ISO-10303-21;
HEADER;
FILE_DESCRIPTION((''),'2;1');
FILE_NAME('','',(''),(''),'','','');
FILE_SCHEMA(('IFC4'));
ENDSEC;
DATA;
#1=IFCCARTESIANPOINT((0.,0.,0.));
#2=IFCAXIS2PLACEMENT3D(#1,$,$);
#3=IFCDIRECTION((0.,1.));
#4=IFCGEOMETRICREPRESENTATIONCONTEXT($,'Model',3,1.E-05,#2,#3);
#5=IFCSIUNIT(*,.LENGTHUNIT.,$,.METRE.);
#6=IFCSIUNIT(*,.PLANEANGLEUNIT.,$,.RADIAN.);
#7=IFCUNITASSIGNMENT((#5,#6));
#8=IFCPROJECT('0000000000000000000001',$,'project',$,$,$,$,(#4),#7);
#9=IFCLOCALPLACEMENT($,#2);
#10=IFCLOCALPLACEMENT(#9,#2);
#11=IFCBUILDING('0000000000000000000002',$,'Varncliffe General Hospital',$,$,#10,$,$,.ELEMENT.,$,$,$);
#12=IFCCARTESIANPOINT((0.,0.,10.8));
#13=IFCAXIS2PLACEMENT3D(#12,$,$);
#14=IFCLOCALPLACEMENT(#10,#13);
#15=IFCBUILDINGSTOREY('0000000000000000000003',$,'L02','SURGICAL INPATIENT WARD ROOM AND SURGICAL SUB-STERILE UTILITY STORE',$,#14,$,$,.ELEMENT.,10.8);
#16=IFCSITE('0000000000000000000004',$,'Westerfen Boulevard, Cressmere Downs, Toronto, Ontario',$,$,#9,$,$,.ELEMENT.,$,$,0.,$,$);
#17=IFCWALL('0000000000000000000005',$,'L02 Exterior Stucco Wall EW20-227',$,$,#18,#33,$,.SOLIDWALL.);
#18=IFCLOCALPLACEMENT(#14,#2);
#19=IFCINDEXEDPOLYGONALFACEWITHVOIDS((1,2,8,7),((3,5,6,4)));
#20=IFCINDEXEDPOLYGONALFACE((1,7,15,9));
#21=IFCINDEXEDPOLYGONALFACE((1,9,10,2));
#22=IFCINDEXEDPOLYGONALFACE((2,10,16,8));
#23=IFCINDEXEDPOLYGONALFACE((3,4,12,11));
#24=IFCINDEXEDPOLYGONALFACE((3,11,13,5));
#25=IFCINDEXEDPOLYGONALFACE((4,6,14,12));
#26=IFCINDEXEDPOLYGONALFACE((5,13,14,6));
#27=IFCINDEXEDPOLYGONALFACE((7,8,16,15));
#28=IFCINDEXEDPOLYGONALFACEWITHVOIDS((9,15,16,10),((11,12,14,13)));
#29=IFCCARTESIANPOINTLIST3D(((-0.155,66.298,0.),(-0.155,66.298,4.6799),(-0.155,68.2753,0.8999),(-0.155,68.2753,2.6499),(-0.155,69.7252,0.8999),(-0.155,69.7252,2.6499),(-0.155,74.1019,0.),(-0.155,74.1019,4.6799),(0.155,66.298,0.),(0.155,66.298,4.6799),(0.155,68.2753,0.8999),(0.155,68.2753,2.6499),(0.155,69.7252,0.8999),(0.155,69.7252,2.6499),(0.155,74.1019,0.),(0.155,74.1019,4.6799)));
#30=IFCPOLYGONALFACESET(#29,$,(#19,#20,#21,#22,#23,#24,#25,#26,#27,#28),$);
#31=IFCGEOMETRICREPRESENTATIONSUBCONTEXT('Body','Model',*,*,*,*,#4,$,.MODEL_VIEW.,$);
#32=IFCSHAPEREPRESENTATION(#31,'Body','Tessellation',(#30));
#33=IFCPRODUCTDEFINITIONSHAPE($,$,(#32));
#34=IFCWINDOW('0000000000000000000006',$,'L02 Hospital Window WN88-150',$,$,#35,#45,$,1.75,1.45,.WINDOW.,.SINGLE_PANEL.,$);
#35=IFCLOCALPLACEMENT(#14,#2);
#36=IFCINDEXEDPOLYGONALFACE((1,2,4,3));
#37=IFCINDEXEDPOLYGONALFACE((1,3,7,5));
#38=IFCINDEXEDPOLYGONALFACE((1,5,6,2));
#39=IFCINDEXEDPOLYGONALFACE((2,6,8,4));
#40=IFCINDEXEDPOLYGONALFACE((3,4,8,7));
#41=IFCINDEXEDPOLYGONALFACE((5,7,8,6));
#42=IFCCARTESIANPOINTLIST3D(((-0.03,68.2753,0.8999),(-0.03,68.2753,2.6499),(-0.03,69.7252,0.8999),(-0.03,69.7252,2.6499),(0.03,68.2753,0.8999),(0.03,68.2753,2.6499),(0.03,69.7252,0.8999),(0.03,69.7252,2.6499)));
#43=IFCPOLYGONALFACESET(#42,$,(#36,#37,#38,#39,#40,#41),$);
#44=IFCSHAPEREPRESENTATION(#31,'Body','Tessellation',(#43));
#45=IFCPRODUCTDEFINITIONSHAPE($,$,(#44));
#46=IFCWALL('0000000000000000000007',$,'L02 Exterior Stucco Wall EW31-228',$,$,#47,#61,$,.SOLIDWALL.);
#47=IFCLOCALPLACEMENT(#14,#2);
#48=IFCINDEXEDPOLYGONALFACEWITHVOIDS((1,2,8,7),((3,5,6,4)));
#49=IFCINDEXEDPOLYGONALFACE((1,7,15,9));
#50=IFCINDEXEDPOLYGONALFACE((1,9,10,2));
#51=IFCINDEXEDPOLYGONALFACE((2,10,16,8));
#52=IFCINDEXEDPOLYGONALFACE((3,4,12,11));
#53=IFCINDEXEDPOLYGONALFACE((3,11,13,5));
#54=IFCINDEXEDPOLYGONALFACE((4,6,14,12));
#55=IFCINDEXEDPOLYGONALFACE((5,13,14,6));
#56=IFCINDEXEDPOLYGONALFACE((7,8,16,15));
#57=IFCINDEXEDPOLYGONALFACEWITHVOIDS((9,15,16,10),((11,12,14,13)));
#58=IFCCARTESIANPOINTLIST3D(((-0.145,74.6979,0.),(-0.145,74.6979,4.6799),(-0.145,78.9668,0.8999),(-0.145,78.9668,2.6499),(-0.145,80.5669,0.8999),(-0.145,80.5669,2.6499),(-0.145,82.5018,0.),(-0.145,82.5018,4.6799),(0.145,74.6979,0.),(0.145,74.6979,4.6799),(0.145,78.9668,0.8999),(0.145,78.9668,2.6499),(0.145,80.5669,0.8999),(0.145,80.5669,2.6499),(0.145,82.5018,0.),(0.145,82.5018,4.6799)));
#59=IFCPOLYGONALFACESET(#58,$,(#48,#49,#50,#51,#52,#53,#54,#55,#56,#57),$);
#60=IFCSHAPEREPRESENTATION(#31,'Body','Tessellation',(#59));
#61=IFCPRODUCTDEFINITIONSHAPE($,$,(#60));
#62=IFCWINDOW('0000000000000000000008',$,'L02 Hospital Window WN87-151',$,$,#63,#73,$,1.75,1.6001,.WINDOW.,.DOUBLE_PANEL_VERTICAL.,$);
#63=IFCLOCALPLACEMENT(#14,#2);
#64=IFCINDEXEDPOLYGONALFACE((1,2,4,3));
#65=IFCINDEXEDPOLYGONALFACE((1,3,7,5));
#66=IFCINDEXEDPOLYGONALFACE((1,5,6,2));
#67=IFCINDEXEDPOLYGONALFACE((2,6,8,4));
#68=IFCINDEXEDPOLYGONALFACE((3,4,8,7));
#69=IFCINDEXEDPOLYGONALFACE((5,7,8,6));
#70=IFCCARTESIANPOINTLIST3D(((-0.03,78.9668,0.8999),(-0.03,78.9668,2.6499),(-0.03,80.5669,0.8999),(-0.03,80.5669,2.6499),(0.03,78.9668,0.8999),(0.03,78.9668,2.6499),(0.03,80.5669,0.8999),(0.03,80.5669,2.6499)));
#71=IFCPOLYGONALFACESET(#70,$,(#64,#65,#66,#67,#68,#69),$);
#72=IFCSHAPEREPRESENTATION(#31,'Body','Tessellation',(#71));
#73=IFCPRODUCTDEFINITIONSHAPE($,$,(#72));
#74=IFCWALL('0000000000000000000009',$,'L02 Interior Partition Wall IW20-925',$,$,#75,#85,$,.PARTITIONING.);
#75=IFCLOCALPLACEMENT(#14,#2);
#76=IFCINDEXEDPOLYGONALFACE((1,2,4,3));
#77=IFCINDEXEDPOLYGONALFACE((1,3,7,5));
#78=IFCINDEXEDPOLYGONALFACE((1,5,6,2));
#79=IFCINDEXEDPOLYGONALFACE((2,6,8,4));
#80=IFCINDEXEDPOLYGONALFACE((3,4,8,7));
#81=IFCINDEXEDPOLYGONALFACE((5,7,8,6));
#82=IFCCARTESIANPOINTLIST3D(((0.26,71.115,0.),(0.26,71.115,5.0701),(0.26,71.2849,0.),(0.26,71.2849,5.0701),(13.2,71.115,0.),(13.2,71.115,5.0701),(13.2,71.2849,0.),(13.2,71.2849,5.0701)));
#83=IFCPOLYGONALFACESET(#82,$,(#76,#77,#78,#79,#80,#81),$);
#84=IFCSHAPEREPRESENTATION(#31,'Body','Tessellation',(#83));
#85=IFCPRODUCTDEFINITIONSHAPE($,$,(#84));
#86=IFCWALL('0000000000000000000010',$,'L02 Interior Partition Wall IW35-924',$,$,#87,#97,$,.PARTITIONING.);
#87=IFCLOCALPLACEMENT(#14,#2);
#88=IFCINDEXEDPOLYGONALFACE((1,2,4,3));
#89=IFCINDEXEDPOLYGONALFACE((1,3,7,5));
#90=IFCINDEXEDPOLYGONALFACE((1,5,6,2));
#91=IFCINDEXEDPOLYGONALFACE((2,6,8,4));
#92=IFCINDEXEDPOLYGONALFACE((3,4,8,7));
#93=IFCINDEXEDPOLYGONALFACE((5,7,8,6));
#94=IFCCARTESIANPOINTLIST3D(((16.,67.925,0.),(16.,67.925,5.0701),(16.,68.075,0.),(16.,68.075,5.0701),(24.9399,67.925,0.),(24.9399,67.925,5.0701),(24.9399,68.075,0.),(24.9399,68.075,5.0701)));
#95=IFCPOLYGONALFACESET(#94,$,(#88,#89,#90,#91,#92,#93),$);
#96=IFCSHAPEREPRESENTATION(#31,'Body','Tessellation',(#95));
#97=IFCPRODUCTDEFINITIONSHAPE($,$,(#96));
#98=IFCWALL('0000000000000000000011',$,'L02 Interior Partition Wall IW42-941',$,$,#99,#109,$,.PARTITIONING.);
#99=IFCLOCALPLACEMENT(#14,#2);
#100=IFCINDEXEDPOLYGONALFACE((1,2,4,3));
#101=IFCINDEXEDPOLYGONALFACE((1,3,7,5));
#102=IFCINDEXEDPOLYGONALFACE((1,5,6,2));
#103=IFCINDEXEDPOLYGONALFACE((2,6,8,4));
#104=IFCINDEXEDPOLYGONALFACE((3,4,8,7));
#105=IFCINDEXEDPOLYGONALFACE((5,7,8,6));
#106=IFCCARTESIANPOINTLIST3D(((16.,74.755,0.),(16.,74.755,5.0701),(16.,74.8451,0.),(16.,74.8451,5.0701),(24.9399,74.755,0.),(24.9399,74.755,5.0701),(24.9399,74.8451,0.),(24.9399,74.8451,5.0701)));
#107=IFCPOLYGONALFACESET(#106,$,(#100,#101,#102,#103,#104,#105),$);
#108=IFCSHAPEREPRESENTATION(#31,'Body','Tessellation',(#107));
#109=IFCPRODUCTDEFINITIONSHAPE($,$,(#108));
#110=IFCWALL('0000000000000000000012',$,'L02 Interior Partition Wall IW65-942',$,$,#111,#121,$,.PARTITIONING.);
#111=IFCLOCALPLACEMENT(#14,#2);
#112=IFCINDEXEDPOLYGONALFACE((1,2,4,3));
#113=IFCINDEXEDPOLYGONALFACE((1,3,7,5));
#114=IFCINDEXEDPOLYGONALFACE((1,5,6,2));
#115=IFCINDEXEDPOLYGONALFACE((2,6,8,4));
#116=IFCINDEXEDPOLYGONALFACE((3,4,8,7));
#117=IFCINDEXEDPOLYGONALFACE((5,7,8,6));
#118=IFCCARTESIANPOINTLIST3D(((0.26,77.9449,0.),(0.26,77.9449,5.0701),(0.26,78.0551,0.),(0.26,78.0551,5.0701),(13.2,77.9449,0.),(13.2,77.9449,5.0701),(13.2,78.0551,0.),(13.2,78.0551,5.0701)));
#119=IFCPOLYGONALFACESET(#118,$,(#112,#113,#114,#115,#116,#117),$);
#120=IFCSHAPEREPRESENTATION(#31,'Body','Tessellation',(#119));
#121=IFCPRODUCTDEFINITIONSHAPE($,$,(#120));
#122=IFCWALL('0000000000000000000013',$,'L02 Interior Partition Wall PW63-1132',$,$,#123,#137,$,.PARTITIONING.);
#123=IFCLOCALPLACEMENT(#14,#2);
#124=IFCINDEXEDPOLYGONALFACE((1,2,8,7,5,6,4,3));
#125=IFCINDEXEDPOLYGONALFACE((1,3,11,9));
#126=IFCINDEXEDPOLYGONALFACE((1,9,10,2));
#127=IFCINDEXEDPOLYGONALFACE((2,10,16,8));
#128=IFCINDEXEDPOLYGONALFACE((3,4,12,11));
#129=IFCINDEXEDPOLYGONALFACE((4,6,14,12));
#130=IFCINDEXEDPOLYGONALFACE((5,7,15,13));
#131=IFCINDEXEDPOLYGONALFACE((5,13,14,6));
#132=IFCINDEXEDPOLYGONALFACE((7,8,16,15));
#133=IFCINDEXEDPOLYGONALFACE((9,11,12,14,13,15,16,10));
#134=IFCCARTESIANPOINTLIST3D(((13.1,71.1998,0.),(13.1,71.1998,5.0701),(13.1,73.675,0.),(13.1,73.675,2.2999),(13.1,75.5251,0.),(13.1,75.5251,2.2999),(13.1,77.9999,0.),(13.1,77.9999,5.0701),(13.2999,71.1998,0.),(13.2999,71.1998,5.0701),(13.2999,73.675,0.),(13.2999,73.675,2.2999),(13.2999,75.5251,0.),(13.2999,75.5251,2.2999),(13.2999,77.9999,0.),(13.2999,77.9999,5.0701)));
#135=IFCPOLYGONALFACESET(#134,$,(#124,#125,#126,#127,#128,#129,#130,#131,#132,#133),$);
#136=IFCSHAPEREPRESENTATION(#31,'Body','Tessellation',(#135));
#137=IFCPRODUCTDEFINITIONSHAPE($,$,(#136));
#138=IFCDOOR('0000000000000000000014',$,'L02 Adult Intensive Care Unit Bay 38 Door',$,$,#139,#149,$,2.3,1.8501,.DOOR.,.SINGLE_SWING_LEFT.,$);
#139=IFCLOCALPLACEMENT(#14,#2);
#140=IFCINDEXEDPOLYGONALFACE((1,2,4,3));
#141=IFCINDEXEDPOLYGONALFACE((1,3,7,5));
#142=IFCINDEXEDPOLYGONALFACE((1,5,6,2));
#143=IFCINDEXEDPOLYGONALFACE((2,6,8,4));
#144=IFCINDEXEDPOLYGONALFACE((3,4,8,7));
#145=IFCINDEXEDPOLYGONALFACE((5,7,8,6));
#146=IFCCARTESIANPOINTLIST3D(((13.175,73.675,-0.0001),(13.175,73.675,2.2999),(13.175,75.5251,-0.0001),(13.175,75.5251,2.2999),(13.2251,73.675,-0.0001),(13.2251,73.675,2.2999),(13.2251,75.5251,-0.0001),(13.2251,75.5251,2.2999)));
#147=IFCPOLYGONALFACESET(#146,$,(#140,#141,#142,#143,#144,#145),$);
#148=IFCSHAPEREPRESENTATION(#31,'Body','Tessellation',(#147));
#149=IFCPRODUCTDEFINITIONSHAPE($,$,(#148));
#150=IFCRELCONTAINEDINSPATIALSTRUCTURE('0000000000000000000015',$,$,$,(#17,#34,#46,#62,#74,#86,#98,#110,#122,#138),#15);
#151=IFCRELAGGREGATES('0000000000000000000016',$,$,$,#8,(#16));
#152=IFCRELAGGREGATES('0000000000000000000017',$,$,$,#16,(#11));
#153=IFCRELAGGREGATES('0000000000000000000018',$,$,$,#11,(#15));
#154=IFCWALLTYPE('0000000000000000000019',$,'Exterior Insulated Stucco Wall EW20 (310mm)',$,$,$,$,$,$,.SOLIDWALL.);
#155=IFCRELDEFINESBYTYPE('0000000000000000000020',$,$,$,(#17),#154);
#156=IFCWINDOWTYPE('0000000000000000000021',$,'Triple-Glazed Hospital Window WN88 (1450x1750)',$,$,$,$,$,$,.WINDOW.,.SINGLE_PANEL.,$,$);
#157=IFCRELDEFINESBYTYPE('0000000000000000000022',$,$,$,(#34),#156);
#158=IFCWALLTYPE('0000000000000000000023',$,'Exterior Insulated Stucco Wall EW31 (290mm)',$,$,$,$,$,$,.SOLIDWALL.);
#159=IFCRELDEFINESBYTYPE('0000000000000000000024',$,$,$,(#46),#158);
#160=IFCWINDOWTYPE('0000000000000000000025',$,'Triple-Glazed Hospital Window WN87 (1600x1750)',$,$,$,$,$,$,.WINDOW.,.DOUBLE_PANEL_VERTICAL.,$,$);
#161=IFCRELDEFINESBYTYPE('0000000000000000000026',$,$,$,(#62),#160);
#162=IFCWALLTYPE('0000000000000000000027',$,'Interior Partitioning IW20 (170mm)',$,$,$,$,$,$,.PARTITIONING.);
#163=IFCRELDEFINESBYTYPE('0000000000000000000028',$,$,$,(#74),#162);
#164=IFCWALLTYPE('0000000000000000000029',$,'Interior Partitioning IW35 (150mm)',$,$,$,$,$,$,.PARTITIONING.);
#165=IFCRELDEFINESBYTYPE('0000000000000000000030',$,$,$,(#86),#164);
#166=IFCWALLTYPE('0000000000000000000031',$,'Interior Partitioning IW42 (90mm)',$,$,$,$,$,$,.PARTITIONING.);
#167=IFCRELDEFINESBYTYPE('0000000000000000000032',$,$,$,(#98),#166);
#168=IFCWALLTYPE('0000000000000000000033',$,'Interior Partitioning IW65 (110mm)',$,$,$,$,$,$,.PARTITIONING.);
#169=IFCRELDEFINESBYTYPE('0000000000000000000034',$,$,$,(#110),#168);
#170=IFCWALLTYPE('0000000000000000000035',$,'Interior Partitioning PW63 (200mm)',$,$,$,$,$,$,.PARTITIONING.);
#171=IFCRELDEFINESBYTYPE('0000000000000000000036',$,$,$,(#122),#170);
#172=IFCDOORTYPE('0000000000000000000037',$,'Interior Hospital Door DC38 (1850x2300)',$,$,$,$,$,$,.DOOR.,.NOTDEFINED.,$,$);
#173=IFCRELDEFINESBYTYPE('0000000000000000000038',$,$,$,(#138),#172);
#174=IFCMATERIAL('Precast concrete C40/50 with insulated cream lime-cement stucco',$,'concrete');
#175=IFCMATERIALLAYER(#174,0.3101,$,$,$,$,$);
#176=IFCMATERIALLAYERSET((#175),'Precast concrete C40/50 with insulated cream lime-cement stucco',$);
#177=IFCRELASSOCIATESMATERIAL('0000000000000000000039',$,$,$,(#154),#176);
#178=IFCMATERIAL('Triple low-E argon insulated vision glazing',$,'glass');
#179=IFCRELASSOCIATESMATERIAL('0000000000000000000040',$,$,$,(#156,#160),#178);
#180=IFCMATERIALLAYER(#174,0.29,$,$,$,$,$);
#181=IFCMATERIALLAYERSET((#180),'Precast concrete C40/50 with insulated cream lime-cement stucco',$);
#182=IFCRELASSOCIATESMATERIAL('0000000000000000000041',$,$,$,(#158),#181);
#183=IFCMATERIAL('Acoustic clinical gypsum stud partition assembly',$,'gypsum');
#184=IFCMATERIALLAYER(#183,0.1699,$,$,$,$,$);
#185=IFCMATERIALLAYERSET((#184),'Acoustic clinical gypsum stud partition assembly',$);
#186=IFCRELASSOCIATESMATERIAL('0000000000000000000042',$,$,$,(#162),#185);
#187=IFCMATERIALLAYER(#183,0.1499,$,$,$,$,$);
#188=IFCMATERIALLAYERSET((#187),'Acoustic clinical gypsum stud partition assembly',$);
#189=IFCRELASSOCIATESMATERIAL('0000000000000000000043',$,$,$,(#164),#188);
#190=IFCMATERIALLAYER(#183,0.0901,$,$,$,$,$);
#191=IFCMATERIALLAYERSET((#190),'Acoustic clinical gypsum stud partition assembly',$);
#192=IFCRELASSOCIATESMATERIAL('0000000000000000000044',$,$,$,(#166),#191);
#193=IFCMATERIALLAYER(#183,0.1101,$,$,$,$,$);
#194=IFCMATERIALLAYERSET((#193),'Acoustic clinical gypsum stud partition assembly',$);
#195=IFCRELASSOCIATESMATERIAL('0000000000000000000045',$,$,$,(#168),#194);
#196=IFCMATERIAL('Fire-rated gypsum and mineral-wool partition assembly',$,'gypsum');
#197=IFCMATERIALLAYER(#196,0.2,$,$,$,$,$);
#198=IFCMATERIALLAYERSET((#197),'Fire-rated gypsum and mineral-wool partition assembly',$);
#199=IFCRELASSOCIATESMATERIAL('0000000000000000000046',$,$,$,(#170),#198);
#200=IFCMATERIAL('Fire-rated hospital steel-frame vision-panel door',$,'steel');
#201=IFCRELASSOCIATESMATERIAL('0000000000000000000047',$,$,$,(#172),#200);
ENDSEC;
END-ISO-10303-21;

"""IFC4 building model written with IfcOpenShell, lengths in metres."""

from ifc_helpers import new_model, si_unit, direction, frame, frame_2d, origin, place, context, subcontext, project, spatial, rectangle, extrude, material, layer, layer_set, type_object, element, fill, save


model = new_model("IFC4")

# Units and contexts
model_context = context("Model", 3, precision=1e-05, world=origin(), true_north=direction((0.0, 1.0)))
body_context = subcontext(model_context, "Body", "Model", "MODEL_VIEW")
ifc_project = project(units=[si_unit("LENGTHUNIT", "METRE"), si_unit("PLANEANGLEUNIT", "RADIAN")], contexts=[model_context])

# Site, building, storey
site_placement = place(None, origin())
site = spatial("IfcSite", under=ifc_project, at=site_placement, Name="Westerfen Boulevard, Cressmere Downs, Toronto, Ontario", CompositionType="ELEMENT", RefElevation=0.0)
building_placement = place(site_placement, origin())
building = spatial("IfcBuilding", under=site, at=building_placement, Name="Varncliffe General Hospital", CompositionType="ELEMENT")
storey_placement = place(building_placement, frame((0.0, 0.0, 10.8)))
storey = spatial("IfcBuildingStorey", under=building, at=storey_placement, Name="L02", Description="SURGICAL INPATIENT WARD ROOM AND SURGICAL SUB-STERILE UTILITY STORE", CompositionType="ELEMENT", Elevation=10.8)

# Walls, openings, windows
ifc_material_1 = material(Name="Precast concrete C40/50 with insulated cream lime-cement stucco", Category="concrete")
ifc_layer_1 = layer(ifc_material_1, 0.3101)
ifc_layer_set_1 = layer_set([ifc_layer_1], Name="Precast concrete C40/50 with insulated cream lime-cement stucco")
wall_type_1 = type_object("IfcWallType", Name="Exterior Insulated Stucco Wall EW20 (310mm)", PredefinedType="SOLIDWALL", material=ifc_layer_set_1)
wall_1_placement = place(storey_placement, frame((0.0, 66.2981, 0.0), z_axis=(0.0, 0.0, 1.0), x_axis=(0.0, 1.0, 0.0)))
wall_1 = element("IfcWall", 1, at=wall_1_placement, inside=storey, type_object=wall_type_1, Name="L02 Exterior Stucco Wall EW20-227", PredefinedType="SOLIDWALL", context=body_context, shape_type="SweptSolid", body=[
    extrude(rectangle(XDim=7.804, YDim=0.3101, at=frame_2d((3.9019, 0.0))), origin(), (0.0, 0.0, 1.0), 4.6799),
])
opening_1_placement = place(wall_1_placement, frame((1.9771, 0.0, 0.8999)))
opening_1 = element("IfcOpeningElement", 2, at=opening_1_placement, cuts=wall_1, PredefinedType="OPENING", context=body_context, shape_type="SweptSolid", body=[
    extrude(rectangle(XDim=1.45, YDim=1.75, at=frame_2d((0.7251, 0.875))), frame((0.0, 0.165, 0.0), z_axis=(0.0, -1.0, 0.0), x_axis=(1.0, 0.0, 0.0)), (0.0, 0.0, 1.0), 0.3301),
])
ifc_material_2 = material(Name="Triple low-E argon insulated vision glazing", Category="glass")
window_type_1 = type_object("IfcWindowType", Name="Triple-Glazed Hospital Window WN88 (1450x1750)", PartitioningType="SINGLE_PANEL", PredefinedType="WINDOW", material=ifc_material_2)
window_1_placement = place(opening_1_placement, origin())
window_1 = element("IfcWindow", 3, at=window_1_placement, inside=storey, type_object=window_type_1, Name="L02 Hospital Window WN88-150", OverallHeight=1.75, OverallWidth=1.45, PartitioningType="SINGLE_PANEL", PredefinedType="WINDOW", context=body_context, shape_type="SweptSolid", body=[
    extrude(rectangle(XDim=1.45, YDim=1.75, at=frame_2d((0.7251, 0.875))), frame((0.0, 0.03, 0.0), z_axis=(0.0, -1.0, 0.0), x_axis=(1.0, 0.0, 0.0)), (0.0, 0.0, 1.0), 0.0601),
])
fill(opening_1, window_1)
ifc_layer_2 = layer(ifc_material_1, 0.29)
ifc_layer_set_2 = layer_set([ifc_layer_2], Name="Precast concrete C40/50 with insulated cream lime-cement stucco")
wall_type_2 = type_object("IfcWallType", Name="Exterior Insulated Stucco Wall EW31 (290mm)", PredefinedType="SOLIDWALL", material=ifc_layer_set_2)
wall_2_placement = place(storey_placement, frame((0.0, 74.698, 0.0), z_axis=(0.0, 0.0, 1.0), x_axis=(0.0, 1.0, 0.0)))
wall_2 = element("IfcWall", 4, at=wall_2_placement, inside=storey, type_object=wall_type_2, Name="L02 Exterior Stucco Wall EW31-228", PredefinedType="SOLIDWALL", context=body_context, shape_type="SweptSolid", body=[
    extrude(rectangle(XDim=7.804, YDim=0.29, at=frame_2d((3.9019, 0.0))), origin(), (0.0, 0.0, 1.0), 4.6799),
])
opening_2_placement = place(wall_2_placement, frame((4.2688, 0.0, 0.8999)))
opening_2 = element("IfcOpeningElement", 5, at=opening_2_placement, cuts=wall_2, PredefinedType="OPENING", context=body_context, shape_type="SweptSolid", body=[
    extrude(rectangle(XDim=1.6001, YDim=1.75, at=frame_2d((0.8, 0.875))), frame((0.0, 0.155, 0.0), z_axis=(0.0, -1.0, 0.0), x_axis=(1.0, 0.0, 0.0)), (0.0, 0.0, 1.0), 0.3101),
])
window_type_2 = type_object("IfcWindowType", Name="Triple-Glazed Hospital Window WN87 (1600x1750)", PartitioningType="DOUBLE_PANEL_VERTICAL", PredefinedType="WINDOW", material=ifc_material_2)
window_2_placement = place(opening_2_placement, origin())
window_2 = element("IfcWindow", 6, at=window_2_placement, inside=storey, type_object=window_type_2, Name="L02 Hospital Window WN87-151", OverallHeight=1.75, OverallWidth=1.6001, PartitioningType="DOUBLE_PANEL_VERTICAL", PredefinedType="WINDOW", context=body_context, shape_type="SweptSolid", body=[
    extrude(rectangle(XDim=1.6001, YDim=1.75, at=frame_2d((0.8, 0.875))), frame((0.0, 0.03, 0.0), z_axis=(0.0, -1.0, 0.0), x_axis=(1.0, 0.0, 0.0)), (0.0, 0.0, 1.0), 0.0601),
])
fill(opening_2, window_2)

# Walls
ifc_material_3 = material(Name="Acoustic clinical gypsum stud partition assembly", Category="gypsum")
ifc_layer_3 = layer(ifc_material_3, 0.1699)
ifc_layer_set_3 = layer_set([ifc_layer_3], Name="Acoustic clinical gypsum stud partition assembly")
wall_type_3 = type_object("IfcWallType", Name="Interior Partitioning IW20 (170mm)", PredefinedType="PARTITIONING", material=ifc_layer_set_3)
wall_3_placement = place(storey_placement, frame((0.26, 71.2, 0.0), z_axis=(0.0, 0.0, 1.0), x_axis=(1.0, 0.0, 0.0)))
element("IfcWall", 7, at=wall_3_placement, inside=storey, type_object=wall_type_3, Name="L02 Interior Partition Wall IW20-925", PredefinedType="PARTITIONING", context=body_context, shape_type="SweptSolid", body=[
    extrude(rectangle(XDim=12.9399, YDim=0.1699, at=frame_2d((6.47, 0.0))), origin(), (0.0, 0.0, 1.0), 5.0701),
])
ifc_layer_4 = layer(ifc_material_3, 0.1499)
ifc_layer_set_4 = layer_set([ifc_layer_4], Name="Acoustic clinical gypsum stud partition assembly")
wall_type_4 = type_object("IfcWallType", Name="Interior Partitioning IW35 (150mm)", PredefinedType="PARTITIONING", material=ifc_layer_set_4)
wall_4_placement = place(storey_placement, frame((16.0, 68.0, 0.0), z_axis=(0.0, 0.0, 1.0), x_axis=(1.0, 0.0, 0.0)))
element("IfcWall", 8, at=wall_4_placement, inside=storey, type_object=wall_type_4, Name="L02 Interior Partition Wall IW35-924", PredefinedType="PARTITIONING", context=body_context, shape_type="SweptSolid", body=[
    extrude(rectangle(XDim=8.9399, YDim=0.1499, at=frame_2d((4.47, 0.0))), origin(), (0.0, 0.0, 1.0), 5.0701),
])
ifc_layer_5 = layer(ifc_material_3, 0.0901)
ifc_layer_set_5 = layer_set([ifc_layer_5], Name="Acoustic clinical gypsum stud partition assembly")
wall_type_5 = type_object("IfcWallType", Name="Interior Partitioning IW42 (90mm)", PredefinedType="PARTITIONING", material=ifc_layer_set_5)
wall_5_placement = place(storey_placement, frame((16.0, 74.8, 0.0), z_axis=(0.0, 0.0, 1.0), x_axis=(1.0, 0.0, 0.0)))
element("IfcWall", 9, at=wall_5_placement, inside=storey, type_object=wall_type_5, Name="L02 Interior Partition Wall IW42-941", PredefinedType="PARTITIONING", context=body_context, shape_type="SweptSolid", body=[
    extrude(rectangle(XDim=8.9399, YDim=0.0901, at=frame_2d((4.47, 0.0))), origin(), (0.0, 0.0, 1.0), 5.0701),
])
ifc_layer_6 = layer(ifc_material_3, 0.1101)
ifc_layer_set_6 = layer_set([ifc_layer_6], Name="Acoustic clinical gypsum stud partition assembly")
wall_type_6 = type_object("IfcWallType", Name="Interior Partitioning IW65 (110mm)", PredefinedType="PARTITIONING", material=ifc_layer_set_6)
wall_6_placement = place(storey_placement, frame((0.26, 78.0, 0.0), z_axis=(0.0, 0.0, 1.0), x_axis=(1.0, 0.0, 0.0)))
element("IfcWall", 10, at=wall_6_placement, inside=storey, type_object=wall_type_6, Name="L02 Interior Partition Wall IW65-942", PredefinedType="PARTITIONING", context=body_context, shape_type="SweptSolid", body=[
    extrude(rectangle(XDim=12.9399, YDim=0.1101, at=frame_2d((6.47, 0.0))), origin(), (0.0, 0.0, 1.0), 5.0701),
])

# Wall, opening, door
ifc_material_4 = material(Name="Fire-rated gypsum and mineral-wool partition assembly", Category="gypsum")
ifc_layer_7 = layer(ifc_material_4, 0.2)
ifc_layer_set_7 = layer_set([ifc_layer_7], Name="Fire-rated gypsum and mineral-wool partition assembly")
wall_type_7 = type_object("IfcWallType", Name="Interior Partitioning PW63 (200mm)", PredefinedType="PARTITIONING", material=ifc_layer_set_7)
wall_7_placement = place(storey_placement, frame((13.2, 71.2, 0.0), z_axis=(0.0, 0.0, 1.0), x_axis=(0.0, 1.0, 0.0)))
wall_7 = element("IfcWall", 11, at=wall_7_placement, inside=storey, type_object=wall_type_7, Name="L02 Interior Partition Wall PW63-1132", PredefinedType="PARTITIONING", context=body_context, shape_type="SweptSolid", body=[
    extrude(rectangle(XDim=6.8, YDim=0.2, at=frame_2d((3.3999, 0.0))), origin(), (0.0, 0.0, 1.0), 5.0701),
])
opening_3_placement = place(wall_7_placement, frame((2.4751, 0.0, 0.0)))
opening_3 = element("IfcOpeningElement", 12, at=opening_3_placement, cuts=wall_7, PredefinedType="OPENING", context=body_context, shape_type="SweptSolid", body=[
    extrude(rectangle(XDim=1.8501, YDim=2.3, at=frame_2d((0.925, 1.1499))), frame((0.0, 0.1099, 0.0), z_axis=(0.0, -1.0, 0.0), x_axis=(1.0, 0.0, 0.0)), (0.0, 0.0, 1.0), 0.22),
])
ifc_material_5 = material(Name="Fire-rated hospital steel-frame vision-panel door", Category="steel")
door_type_1 = type_object("IfcDoorType", Name="Interior Hospital Door DC38 (1850x2300)", OperationType="NOTDEFINED", PredefinedType="DOOR", material=ifc_material_5)
door_1_placement = place(opening_3_placement, origin())
door_1 = element("IfcDoor", 13, at=door_1_placement, inside=storey, type_object=door_type_1, Name="L02 Adult Intensive Care Unit Bay 38 Door", OperationType="SINGLE_SWING_LEFT", OverallHeight=2.3, OverallWidth=1.8501, PredefinedType="DOOR", context=body_context, shape_type="SweptSolid", body=[
    extrude(rectangle(XDim=1.8501, YDim=2.3, at=frame_2d((0.925, 1.1499))), frame((0.0, 0.0249, 0.0), z_axis=(0.0, -1.0, 0.0), x_axis=(1.0, 0.0, 0.0)), (0.0, 0.0, 1.0), 0.05),
])
fill(opening_3, door_1)

save(model, "model.ifc")
